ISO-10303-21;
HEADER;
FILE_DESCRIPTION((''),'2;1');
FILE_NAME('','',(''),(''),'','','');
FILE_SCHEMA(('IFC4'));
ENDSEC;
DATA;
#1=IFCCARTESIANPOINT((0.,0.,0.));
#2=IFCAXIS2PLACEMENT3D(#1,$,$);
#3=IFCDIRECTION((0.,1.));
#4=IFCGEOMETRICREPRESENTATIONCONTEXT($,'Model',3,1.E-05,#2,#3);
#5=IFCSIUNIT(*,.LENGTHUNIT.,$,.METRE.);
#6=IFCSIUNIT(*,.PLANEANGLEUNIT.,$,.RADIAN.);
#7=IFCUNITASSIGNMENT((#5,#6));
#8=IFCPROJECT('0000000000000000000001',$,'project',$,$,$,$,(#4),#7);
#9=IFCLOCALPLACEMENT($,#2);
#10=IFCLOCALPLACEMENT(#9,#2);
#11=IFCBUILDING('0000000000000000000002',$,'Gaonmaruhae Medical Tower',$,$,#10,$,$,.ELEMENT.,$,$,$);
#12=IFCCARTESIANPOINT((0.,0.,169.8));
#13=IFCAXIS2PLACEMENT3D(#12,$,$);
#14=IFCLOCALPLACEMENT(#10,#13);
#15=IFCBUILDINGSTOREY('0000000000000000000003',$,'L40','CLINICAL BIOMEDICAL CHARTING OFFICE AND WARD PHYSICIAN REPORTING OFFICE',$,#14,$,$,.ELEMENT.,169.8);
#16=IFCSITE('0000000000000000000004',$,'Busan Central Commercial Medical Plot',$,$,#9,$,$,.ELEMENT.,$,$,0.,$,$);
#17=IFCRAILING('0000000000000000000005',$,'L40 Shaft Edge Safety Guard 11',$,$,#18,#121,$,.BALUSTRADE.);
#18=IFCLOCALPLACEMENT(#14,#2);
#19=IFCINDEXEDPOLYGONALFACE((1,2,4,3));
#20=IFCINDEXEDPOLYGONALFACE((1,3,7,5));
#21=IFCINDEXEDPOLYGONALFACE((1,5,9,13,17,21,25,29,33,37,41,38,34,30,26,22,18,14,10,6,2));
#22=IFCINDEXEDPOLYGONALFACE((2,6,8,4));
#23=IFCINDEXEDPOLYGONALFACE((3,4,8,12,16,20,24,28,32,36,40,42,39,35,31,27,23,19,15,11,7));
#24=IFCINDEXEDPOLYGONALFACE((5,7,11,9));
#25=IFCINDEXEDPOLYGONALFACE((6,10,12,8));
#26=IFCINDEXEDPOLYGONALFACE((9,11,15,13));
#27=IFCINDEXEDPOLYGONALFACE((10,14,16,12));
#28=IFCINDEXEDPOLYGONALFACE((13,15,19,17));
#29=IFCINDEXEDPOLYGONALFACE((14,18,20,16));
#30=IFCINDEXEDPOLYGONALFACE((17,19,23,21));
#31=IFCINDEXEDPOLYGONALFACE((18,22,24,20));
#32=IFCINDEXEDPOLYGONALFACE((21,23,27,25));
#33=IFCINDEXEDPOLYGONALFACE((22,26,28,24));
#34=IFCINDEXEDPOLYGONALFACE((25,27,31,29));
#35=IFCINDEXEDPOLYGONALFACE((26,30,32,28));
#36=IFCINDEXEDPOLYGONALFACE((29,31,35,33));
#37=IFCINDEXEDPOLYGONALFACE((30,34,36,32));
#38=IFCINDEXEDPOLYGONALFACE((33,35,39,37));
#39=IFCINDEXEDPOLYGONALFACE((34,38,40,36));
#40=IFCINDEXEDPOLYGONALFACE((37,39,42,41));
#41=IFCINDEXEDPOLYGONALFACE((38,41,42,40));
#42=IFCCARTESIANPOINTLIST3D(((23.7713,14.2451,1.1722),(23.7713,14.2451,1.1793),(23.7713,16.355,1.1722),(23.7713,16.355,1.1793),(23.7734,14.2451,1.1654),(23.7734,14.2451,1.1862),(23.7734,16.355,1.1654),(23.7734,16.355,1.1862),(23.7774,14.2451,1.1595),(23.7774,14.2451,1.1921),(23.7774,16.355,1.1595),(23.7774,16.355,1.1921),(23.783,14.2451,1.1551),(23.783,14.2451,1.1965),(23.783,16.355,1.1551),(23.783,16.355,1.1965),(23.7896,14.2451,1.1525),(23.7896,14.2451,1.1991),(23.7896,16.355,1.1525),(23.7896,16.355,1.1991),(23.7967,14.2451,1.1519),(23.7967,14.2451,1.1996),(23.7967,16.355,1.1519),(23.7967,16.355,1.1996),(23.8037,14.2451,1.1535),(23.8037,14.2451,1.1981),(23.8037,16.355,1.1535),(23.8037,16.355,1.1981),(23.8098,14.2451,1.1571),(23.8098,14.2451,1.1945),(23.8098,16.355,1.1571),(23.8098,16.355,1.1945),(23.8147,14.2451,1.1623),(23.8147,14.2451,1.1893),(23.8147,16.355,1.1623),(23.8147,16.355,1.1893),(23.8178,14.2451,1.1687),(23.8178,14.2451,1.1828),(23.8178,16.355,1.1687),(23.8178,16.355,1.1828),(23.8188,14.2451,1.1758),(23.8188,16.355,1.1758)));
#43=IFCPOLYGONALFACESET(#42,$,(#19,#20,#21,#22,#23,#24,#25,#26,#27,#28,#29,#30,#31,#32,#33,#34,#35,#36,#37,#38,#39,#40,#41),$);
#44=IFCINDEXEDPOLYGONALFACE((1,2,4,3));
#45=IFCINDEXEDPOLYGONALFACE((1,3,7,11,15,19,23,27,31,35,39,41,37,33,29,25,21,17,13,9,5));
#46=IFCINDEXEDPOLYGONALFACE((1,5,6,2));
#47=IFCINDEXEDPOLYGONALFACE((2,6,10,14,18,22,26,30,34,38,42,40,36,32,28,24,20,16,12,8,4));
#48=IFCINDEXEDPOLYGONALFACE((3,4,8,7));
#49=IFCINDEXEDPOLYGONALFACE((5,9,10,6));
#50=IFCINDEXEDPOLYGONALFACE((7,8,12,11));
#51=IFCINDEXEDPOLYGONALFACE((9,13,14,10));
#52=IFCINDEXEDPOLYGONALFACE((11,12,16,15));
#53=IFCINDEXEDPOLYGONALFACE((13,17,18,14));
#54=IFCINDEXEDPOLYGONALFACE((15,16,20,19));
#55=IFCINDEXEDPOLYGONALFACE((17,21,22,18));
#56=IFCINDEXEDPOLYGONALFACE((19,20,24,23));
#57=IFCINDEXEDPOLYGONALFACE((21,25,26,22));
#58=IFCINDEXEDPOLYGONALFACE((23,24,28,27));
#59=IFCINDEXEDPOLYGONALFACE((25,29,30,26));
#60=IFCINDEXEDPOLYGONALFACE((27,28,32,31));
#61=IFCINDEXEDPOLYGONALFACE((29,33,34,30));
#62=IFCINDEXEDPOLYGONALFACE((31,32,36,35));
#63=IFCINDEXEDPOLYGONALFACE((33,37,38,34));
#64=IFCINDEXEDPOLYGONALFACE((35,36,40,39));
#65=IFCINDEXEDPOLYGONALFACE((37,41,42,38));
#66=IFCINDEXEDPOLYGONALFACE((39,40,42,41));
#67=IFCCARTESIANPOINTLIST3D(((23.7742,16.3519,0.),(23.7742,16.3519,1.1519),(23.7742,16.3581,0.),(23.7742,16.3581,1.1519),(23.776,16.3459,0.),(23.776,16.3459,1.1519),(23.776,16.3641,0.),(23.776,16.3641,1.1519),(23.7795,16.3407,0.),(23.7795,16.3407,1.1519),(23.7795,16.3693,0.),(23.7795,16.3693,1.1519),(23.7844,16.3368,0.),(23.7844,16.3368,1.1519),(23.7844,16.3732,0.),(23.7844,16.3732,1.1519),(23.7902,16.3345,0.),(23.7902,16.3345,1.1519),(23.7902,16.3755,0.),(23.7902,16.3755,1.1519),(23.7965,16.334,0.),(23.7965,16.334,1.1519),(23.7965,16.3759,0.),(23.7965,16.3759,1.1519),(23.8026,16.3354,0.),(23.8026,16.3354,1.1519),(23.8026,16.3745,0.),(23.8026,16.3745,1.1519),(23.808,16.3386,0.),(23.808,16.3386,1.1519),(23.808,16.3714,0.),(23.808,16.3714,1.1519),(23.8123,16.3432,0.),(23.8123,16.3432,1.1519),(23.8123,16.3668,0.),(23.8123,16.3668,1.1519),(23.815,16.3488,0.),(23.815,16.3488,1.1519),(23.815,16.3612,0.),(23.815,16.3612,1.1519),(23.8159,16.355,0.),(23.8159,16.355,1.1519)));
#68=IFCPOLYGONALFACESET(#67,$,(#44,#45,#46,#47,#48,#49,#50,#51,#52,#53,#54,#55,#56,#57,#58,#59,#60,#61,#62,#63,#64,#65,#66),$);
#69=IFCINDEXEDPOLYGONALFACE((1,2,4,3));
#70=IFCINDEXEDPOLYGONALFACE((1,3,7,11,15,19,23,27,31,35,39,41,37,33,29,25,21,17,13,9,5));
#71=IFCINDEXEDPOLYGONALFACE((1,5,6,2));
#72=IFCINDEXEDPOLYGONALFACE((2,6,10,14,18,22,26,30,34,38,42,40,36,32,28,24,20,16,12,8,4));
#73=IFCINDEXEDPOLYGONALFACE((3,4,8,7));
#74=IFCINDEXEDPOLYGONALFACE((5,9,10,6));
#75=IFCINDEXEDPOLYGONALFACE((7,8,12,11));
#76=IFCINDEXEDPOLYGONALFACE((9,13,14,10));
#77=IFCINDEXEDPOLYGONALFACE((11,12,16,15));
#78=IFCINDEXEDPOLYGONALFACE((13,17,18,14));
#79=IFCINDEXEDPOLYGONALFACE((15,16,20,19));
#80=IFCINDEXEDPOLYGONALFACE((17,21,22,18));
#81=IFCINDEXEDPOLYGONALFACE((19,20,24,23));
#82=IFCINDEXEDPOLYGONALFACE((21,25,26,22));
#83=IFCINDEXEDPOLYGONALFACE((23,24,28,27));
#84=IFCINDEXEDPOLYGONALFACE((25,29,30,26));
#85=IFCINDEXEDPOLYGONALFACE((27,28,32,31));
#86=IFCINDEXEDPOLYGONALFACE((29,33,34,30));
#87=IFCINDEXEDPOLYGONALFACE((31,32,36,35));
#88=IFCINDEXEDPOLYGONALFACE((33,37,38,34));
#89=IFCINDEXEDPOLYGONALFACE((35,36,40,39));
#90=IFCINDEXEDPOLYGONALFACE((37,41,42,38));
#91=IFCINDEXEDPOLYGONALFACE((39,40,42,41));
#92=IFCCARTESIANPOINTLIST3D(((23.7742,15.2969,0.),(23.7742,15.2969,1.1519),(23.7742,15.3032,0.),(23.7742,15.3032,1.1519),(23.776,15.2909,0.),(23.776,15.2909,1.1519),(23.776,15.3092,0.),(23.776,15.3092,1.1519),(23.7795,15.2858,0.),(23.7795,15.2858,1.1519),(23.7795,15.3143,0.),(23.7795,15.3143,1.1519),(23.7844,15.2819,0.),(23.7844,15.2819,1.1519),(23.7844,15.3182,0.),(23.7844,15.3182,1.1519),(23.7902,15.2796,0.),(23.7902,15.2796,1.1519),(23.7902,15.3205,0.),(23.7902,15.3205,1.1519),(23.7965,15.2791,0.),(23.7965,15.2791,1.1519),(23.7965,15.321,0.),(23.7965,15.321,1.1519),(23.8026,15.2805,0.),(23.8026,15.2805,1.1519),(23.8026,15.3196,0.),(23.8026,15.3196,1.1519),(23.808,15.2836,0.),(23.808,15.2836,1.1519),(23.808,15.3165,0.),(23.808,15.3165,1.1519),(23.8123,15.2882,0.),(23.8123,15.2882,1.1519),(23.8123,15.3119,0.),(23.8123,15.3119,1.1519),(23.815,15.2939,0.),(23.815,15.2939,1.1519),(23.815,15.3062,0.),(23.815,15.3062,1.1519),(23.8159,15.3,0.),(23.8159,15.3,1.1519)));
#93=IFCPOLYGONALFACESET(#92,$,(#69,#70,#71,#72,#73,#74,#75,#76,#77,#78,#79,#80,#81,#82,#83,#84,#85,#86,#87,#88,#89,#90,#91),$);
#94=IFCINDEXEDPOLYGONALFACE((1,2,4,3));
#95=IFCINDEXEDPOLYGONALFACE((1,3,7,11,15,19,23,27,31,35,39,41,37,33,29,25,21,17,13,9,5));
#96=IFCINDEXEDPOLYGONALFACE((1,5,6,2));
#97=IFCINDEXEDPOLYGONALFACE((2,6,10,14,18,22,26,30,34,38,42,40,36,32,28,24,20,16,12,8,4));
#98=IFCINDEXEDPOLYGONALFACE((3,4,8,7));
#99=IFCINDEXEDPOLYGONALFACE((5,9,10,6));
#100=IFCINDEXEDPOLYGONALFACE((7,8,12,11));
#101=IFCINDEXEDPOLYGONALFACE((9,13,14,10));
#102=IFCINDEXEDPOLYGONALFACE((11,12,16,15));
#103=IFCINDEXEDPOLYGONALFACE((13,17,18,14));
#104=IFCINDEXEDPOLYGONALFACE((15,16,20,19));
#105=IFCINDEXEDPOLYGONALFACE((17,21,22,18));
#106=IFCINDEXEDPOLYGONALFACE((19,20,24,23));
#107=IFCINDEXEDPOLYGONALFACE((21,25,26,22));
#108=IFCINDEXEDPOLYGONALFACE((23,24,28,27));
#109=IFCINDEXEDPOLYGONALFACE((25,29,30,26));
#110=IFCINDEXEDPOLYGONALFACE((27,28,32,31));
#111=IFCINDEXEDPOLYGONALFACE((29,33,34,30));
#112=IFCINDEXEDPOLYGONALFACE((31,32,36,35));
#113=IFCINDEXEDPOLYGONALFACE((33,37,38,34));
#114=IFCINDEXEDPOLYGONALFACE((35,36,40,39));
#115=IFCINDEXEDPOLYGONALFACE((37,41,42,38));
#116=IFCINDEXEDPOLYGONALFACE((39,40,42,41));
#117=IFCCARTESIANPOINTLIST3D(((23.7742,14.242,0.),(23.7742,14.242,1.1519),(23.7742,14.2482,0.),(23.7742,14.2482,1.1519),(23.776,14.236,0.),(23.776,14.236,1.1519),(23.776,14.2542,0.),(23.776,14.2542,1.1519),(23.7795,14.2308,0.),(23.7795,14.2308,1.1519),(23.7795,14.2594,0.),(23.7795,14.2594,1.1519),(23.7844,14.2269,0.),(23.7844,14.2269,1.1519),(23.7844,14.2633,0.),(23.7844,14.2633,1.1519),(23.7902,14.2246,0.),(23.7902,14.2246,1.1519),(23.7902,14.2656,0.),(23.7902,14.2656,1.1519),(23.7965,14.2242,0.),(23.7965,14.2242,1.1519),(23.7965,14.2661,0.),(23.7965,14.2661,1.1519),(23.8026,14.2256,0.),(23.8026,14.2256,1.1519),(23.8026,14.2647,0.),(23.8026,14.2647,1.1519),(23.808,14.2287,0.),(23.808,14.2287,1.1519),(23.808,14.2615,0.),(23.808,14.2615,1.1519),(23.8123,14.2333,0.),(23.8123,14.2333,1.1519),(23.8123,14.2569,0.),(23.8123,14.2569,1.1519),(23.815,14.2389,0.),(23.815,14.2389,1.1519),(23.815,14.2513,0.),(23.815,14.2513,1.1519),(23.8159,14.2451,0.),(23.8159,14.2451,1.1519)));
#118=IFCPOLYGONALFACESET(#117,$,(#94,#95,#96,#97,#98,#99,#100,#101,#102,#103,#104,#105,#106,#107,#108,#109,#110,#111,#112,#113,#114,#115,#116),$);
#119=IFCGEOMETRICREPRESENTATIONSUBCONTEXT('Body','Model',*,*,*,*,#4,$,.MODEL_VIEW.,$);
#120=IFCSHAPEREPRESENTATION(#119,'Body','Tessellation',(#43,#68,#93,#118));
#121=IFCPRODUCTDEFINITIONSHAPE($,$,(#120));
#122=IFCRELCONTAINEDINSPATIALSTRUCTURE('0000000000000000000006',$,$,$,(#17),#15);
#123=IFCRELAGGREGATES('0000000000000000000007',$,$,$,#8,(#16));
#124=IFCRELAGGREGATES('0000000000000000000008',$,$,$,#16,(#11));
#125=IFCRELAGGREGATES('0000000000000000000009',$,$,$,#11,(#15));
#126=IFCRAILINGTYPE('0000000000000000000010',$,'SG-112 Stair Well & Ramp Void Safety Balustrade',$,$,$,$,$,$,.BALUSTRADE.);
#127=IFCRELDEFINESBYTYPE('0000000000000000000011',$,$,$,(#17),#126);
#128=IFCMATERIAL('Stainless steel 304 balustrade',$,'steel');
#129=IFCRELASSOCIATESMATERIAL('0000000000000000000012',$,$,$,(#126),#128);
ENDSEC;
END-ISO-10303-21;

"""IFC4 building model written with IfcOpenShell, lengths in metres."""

from ifc_helpers import new_model, si_unit, direction, frame, origin, origin_2d, place, context, subcontext, project, spatial, circle, extrude, material, type_object, element, save


model = new_model("IFC4")

# Units and contexts
model_context = context("Model", 3, precision=1e-05, world=origin(), true_north=direction((0.0, 1.0)))
body_context = subcontext(model_context, "Body", "Model", "MODEL_VIEW")
ifc_project = project(units=[si_unit("LENGTHUNIT", "METRE"), si_unit("PLANEANGLEUNIT", "RADIAN")], contexts=[model_context])

# Site, building, storey
site_placement = place(None, origin())
site = spatial("IfcSite", under=ifc_project, at=site_placement, Name="Busan Central Commercial Medical Plot", CompositionType="ELEMENT", RefElevation=0.0)
building_placement = place(site_placement, origin())
building = spatial("IfcBuilding", under=site, at=building_placement, Name="Gaonmaruhae Medical Tower", CompositionType="ELEMENT")
storey_placement = place(building_placement, frame((0.0, 0.0, 169.8)))
storey = spatial("IfcBuildingStorey", under=building, at=storey_placement, Name="L40", Description="CLINICAL BIOMEDICAL CHARTING OFFICE AND WARD PHYSICIAN REPORTING OFFICE", CompositionType="ELEMENT", Elevation=169.8)

# Railing
ifc_material_1 = material(Name="Stainless steel 304 balustrade", Category="steel")
railing_type = type_object("IfcRailingType", Name="SG-112 Stair Well & Ramp Void Safety Balustrade", PredefinedType="BALUSTRADE", material=ifc_material_1)
railing_1_placement = place(storey_placement, frame((23.7949, 16.355, 0.0)))
element("IfcRailing", 1, at=railing_1_placement, inside=storey, type_object=railing_type, Name="L40 Shaft Edge Safety Guard 11", PredefinedType="BALUSTRADE", context=body_context, shape_type="SweptSolid", body=[
    extrude(circle(Radius=0.0239, at=origin_2d()), frame((0.0, 0.0, 1.1758), z_axis=(0.0, -1.0, 0.0), x_axis=(1.0, 0.0, 0.0)), (0.0, 0.0, 1.0), 2.1099),
    extrude(circle(Radius=0.021, at=origin_2d()), origin(), (0.0, 0.0, 1.0), 1.1519),
    extrude(circle(Radius=0.021, at=origin_2d()), frame((0.0, -1.0549, 0.0)), (0.0, 0.0, 1.0), 1.1519),
    extrude(circle(Radius=0.021, at=origin_2d()), frame((0.0, -2.1099, 0.0)), (0.0, 0.0, 1.0), 1.1519),
])

save(model, "model.ifc")
